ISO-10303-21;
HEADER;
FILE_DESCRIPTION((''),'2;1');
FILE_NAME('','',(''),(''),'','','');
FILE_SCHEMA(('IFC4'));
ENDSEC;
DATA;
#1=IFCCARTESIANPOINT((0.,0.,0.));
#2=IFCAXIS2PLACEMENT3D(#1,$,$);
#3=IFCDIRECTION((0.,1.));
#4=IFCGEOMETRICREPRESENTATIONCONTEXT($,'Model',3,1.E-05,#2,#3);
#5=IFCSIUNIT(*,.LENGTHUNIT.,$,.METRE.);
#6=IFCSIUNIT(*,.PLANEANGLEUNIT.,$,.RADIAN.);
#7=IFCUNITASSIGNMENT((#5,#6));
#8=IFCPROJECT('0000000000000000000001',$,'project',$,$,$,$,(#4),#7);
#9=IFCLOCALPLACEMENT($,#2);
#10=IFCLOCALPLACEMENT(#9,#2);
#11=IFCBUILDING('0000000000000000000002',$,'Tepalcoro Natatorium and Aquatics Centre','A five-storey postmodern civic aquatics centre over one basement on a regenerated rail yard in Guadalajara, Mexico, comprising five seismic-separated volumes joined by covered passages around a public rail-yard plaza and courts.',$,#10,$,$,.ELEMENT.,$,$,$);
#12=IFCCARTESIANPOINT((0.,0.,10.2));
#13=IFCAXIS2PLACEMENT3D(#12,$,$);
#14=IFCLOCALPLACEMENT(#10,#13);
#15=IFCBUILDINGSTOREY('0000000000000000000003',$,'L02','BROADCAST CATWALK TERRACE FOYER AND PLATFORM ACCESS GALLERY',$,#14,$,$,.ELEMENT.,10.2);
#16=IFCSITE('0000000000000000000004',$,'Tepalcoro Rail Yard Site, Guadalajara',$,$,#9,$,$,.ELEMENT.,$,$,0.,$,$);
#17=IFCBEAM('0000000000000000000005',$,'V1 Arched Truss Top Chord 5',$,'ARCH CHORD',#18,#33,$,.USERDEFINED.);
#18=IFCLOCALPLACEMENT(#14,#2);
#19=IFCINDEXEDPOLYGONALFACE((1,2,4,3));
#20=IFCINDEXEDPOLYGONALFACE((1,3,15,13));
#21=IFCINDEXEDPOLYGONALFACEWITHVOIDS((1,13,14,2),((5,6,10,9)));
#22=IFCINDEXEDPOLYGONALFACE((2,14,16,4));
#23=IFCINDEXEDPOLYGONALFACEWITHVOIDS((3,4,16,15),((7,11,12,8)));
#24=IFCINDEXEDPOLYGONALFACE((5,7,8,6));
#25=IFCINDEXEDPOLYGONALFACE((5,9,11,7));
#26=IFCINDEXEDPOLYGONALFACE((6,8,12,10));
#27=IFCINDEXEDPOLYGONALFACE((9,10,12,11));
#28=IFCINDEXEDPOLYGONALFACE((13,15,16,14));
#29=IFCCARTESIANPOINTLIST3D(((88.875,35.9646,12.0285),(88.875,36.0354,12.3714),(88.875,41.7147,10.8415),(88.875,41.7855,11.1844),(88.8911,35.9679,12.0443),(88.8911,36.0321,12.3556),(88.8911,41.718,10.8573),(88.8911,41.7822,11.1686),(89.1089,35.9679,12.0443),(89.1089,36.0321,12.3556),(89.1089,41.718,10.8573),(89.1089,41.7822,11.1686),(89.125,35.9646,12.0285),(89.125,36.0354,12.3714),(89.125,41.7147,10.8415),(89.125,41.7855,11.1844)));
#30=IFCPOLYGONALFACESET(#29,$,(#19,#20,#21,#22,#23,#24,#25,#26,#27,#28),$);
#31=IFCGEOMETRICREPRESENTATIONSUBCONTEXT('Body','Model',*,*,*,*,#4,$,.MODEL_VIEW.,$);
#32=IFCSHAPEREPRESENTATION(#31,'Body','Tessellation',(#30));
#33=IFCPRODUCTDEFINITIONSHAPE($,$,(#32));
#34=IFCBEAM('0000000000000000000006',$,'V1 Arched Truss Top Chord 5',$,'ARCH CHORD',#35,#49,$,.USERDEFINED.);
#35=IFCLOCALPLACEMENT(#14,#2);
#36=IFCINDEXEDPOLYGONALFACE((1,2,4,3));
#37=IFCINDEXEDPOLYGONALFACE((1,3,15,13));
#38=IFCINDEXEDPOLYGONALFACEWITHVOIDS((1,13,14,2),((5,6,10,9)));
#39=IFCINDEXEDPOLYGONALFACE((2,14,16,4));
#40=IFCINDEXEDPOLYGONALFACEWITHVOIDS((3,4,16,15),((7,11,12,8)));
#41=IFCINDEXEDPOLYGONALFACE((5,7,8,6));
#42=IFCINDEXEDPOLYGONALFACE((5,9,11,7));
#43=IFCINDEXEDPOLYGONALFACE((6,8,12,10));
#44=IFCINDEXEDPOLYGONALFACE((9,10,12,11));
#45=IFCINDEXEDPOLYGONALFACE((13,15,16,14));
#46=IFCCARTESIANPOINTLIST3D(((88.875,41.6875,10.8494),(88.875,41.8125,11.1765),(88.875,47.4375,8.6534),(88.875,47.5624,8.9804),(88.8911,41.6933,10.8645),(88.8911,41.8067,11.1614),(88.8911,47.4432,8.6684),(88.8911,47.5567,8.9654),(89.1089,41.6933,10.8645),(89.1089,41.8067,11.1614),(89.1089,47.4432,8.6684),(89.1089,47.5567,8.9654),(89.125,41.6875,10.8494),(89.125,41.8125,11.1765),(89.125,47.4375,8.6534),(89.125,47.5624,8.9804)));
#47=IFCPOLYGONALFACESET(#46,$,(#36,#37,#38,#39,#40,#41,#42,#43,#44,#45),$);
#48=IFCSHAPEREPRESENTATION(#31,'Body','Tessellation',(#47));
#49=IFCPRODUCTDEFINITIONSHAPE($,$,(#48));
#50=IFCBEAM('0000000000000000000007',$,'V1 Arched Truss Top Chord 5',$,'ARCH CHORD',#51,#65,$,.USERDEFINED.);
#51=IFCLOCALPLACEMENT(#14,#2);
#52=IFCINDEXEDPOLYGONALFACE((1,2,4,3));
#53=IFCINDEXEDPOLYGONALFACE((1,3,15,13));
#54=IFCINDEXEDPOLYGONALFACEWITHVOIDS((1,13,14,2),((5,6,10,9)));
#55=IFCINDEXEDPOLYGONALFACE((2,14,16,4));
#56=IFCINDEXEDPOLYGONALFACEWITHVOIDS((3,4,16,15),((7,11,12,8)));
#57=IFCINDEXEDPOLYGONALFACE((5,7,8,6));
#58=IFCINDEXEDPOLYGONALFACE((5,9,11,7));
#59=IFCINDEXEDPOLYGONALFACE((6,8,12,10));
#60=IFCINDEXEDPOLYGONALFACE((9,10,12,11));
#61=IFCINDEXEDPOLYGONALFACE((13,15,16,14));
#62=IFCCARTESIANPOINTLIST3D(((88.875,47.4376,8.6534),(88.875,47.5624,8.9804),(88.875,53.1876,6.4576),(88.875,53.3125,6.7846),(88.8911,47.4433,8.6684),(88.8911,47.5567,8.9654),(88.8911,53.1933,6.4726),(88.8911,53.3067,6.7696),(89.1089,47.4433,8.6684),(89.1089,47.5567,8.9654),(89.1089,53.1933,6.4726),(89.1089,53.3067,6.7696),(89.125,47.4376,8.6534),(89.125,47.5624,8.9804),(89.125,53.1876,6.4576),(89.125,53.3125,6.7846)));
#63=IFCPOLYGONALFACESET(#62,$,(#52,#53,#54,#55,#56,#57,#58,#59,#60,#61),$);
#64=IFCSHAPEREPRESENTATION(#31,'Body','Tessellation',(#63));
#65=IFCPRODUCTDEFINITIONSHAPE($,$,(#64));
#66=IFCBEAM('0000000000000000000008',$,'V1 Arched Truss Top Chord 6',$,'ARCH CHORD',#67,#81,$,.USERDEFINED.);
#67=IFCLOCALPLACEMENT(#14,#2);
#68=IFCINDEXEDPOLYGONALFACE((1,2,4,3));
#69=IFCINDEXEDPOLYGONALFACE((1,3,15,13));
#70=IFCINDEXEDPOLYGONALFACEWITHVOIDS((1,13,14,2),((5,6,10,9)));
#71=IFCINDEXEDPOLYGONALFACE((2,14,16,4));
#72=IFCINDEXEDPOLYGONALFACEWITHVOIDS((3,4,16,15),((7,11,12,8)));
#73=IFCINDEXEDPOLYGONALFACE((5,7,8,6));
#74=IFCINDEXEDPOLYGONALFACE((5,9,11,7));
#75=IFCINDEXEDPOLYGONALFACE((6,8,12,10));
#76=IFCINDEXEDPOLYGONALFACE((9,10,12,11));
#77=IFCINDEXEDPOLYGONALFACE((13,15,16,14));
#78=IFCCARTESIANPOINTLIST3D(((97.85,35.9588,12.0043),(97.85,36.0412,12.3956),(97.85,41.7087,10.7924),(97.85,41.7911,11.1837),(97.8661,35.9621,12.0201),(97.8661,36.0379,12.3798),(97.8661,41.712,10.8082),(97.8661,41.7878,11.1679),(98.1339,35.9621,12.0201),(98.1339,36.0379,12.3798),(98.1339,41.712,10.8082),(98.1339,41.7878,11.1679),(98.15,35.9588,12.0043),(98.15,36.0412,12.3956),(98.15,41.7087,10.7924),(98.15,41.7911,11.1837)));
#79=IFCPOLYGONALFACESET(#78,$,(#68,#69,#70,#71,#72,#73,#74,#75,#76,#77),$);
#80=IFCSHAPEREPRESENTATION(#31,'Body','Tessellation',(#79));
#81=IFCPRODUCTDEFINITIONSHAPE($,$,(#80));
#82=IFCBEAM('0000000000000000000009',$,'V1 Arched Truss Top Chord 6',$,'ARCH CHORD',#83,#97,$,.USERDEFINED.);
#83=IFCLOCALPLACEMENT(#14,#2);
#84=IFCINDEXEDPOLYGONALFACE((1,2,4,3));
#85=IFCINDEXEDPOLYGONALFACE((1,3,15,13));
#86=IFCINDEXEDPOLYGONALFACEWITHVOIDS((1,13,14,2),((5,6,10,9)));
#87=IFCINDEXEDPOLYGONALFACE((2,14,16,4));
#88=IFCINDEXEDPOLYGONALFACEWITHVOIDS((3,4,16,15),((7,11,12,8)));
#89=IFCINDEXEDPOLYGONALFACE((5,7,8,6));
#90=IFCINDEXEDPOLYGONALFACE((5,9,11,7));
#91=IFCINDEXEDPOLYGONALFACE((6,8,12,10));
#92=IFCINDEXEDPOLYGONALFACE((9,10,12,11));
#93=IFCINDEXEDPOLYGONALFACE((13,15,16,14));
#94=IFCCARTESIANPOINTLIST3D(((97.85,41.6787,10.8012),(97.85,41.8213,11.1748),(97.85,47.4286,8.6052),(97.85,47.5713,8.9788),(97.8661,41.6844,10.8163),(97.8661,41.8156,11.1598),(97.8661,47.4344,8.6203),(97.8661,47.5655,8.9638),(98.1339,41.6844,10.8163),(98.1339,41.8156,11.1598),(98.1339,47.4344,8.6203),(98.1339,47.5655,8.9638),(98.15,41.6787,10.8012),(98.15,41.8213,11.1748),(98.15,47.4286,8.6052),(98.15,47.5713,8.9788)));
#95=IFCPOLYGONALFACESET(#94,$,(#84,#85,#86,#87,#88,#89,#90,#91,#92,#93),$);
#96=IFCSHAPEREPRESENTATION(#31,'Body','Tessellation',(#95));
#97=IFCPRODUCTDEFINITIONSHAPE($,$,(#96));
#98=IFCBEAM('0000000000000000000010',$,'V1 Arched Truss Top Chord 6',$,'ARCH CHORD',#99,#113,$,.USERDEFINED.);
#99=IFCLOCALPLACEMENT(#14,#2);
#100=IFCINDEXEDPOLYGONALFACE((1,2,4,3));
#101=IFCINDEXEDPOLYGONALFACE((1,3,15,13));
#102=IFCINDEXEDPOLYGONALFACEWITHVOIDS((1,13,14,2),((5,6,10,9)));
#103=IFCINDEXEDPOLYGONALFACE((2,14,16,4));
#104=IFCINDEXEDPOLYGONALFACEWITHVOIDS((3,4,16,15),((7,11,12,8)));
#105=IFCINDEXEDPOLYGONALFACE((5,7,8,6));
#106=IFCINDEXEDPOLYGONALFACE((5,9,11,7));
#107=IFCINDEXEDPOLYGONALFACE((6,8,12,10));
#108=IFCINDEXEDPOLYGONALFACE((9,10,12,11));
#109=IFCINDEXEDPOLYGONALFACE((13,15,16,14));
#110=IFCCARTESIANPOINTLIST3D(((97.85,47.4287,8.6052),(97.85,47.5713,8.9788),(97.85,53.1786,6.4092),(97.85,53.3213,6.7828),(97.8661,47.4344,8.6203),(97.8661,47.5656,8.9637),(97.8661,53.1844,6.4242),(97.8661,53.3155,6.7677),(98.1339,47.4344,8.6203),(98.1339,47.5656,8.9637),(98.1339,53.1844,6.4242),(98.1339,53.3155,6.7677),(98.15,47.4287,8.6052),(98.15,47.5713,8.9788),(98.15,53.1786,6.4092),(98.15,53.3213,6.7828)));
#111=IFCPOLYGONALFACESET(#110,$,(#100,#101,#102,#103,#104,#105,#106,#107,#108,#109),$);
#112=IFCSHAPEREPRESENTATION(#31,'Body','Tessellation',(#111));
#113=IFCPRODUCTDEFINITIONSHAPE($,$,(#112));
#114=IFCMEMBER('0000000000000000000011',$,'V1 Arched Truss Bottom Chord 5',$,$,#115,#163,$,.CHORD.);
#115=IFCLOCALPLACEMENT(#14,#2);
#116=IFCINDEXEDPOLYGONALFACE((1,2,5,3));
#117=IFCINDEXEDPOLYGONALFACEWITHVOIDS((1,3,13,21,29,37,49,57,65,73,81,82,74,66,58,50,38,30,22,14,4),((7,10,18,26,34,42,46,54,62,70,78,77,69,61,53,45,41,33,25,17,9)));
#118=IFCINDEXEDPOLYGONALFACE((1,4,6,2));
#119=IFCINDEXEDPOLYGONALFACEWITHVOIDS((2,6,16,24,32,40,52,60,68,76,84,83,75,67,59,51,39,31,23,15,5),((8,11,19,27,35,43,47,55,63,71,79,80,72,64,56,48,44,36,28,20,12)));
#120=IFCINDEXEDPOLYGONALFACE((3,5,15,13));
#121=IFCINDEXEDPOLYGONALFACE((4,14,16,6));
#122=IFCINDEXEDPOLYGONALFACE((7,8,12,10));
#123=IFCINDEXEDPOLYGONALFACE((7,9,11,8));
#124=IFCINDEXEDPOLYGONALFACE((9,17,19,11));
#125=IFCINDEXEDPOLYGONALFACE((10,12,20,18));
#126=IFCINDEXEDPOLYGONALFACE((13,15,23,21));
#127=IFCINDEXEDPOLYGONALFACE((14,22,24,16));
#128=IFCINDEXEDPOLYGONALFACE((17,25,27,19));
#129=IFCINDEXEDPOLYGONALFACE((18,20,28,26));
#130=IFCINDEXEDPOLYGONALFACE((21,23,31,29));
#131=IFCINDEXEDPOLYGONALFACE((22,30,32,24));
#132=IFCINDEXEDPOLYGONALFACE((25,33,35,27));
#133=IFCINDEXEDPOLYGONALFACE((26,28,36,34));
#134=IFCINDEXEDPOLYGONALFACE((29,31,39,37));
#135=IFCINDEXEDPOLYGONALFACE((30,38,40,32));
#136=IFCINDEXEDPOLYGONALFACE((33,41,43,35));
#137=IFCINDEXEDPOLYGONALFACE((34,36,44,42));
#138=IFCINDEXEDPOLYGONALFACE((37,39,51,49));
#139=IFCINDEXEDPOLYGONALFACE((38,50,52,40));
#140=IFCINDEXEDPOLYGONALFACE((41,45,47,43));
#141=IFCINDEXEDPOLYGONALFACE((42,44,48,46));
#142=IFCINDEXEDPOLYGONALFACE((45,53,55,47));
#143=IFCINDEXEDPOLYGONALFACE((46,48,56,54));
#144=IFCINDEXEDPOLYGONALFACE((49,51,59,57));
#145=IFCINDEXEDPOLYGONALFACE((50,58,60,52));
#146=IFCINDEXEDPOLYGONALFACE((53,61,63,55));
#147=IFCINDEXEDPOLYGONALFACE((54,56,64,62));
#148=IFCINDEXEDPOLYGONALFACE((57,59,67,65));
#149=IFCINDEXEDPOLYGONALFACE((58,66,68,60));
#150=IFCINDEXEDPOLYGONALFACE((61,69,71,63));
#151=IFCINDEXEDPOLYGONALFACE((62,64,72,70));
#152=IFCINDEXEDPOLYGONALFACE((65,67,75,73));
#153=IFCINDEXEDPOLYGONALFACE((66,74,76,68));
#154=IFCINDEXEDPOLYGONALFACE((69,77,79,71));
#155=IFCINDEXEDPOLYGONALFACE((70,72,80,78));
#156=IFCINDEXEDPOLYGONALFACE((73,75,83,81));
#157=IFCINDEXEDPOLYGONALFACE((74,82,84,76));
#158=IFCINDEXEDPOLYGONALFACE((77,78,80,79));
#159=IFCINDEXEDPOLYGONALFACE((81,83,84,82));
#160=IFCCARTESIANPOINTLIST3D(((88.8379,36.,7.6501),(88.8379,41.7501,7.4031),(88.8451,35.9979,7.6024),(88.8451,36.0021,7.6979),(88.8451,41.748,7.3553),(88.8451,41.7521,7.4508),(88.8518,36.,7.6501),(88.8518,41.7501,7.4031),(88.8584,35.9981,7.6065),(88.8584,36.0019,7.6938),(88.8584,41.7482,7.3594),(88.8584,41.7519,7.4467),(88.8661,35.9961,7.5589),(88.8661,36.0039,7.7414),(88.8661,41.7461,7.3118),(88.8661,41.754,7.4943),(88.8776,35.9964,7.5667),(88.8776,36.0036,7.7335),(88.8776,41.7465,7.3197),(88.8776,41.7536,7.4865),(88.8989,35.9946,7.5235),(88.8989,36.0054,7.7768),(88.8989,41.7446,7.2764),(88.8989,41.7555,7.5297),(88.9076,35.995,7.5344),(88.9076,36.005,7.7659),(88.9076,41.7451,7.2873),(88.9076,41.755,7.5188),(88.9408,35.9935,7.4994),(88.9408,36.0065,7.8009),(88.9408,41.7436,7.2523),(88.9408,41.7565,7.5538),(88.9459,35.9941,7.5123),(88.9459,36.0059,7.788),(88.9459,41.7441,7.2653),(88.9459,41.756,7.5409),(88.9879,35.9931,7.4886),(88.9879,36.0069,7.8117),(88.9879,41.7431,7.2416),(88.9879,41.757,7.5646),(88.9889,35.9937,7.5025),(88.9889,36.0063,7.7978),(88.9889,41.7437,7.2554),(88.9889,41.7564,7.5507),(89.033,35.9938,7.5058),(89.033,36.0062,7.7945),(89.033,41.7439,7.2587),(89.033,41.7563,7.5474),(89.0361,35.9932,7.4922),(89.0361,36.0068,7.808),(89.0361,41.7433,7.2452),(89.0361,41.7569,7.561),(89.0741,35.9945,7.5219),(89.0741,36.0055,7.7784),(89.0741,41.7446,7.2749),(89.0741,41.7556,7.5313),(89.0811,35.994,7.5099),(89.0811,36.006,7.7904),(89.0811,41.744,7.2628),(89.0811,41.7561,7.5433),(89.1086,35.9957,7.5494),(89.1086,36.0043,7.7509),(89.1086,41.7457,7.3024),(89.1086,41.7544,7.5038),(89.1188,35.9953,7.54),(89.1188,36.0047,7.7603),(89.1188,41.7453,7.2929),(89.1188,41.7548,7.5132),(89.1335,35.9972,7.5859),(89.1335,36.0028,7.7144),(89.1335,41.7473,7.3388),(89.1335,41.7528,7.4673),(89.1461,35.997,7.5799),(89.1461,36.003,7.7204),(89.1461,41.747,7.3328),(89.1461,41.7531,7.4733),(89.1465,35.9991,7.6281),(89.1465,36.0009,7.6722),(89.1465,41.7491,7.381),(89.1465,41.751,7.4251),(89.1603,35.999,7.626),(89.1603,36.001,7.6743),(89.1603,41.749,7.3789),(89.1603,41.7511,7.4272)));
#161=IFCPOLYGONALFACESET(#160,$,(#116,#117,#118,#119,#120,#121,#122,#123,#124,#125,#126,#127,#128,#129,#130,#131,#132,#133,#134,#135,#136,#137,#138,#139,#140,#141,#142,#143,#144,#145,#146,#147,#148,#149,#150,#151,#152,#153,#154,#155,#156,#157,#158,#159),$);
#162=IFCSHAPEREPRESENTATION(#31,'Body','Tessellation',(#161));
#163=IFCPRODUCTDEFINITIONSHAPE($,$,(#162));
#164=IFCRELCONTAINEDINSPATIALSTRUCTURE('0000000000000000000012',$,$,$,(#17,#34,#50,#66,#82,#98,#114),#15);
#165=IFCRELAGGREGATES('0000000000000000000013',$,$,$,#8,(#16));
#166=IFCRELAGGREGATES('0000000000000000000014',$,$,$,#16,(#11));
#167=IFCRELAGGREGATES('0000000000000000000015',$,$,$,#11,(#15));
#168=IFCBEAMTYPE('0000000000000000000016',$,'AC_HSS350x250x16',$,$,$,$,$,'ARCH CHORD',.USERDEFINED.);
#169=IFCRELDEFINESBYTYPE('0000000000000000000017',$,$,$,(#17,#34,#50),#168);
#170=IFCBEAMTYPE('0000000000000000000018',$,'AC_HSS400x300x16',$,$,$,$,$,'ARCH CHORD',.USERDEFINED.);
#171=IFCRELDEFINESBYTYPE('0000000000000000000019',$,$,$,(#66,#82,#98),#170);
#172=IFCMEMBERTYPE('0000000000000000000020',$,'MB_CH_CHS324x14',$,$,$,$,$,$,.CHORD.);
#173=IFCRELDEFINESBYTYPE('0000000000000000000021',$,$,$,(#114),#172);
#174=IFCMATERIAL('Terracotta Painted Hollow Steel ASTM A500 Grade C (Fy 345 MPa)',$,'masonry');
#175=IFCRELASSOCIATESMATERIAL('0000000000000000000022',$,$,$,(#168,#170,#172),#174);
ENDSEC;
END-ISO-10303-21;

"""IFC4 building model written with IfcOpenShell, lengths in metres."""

from ifc_helpers import new_model, si_unit, direction, frame, origin, origin_2d, place, context, subcontext, project, spatial, hollow_rectangle, hollow_circle, extrude, material, material_profile, profile_set, type_object, element, save


model = new_model("IFC4")

# Units and contexts
model_context = context("Model", 3, precision=1e-05, world=origin(), true_north=direction((0.0, 1.0)))
body_context = subcontext(model_context, "Body", "Model", "MODEL_VIEW")
ifc_project = project(units=[si_unit("LENGTHUNIT", "METRE"), si_unit("PLANEANGLEUNIT", "RADIAN")], contexts=[model_context])

# Site, building, storey
site_placement = place(None, origin())
site = spatial("IfcSite", under=ifc_project, at=site_placement, Name="Tepalcoro Rail Yard Site, Guadalajara", CompositionType="ELEMENT", RefElevation=0.0)
building_placement = place(site_placement, origin())
building = spatial("IfcBuilding", under=site, at=building_placement, Name="Tepalcoro Natatorium and Aquatics Centre", Description="A five-storey postmodern civic aquatics centre over one basement on a regenerated rail yard in Guadalajara, Mexico, comprising five seismic-separated volumes joined by covered passages around a public rail-yard plaza and courts.", CompositionType="ELEMENT")
storey_placement = place(building_placement, frame((0.0, 0.0, 10.2)))
storey = spatial("IfcBuildingStorey", under=building, at=storey_placement, Name="L02", Description="BROADCAST CATWALK TERRACE FOYER AND PLATFORM ACCESS GALLERY", CompositionType="ELEMENT", Elevation=10.2)

# Beams
ifc_material_1 = material(Name="Terracotta Painted Hollow Steel ASTM A500 Grade C (Fy 345 MPa)", Category="masonry")
ifc_material_profile_1 = material_profile(ifc_material_1, hollow_rectangle(XDim=0.25, YDim=0.3501, WallThickness=0.0161, at=origin_2d()), Name="HSS350X250X16")
ifc_profile_set_1 = profile_set([ifc_material_profile_1], Name="Terracotta Painted Hollow Steel ASTM A500 Grade C (Fy 345 MPa)")
beam_type_1 = type_object("IfcBeamType", Name="AC_HSS350x250x16", ElementType="ARCH CHORD", PredefinedType="USERDEFINED", material=ifc_profile_set_1)
beam_1_placement = place(storey_placement, frame((89.0, 36.0, 12.2), z_axis=(0.0, 0.97935, -0.202174), x_axis=(-1.0, 0.0, 0.0)))
element("IfcBeam", 1, at=beam_1_placement, inside=storey, type_object=beam_type_1, Name="V1 Arched Truss Top Chord 5", ObjectType="ARCH CHORD", PredefinedType="USERDEFINED", context=body_context, shape_type="SweptSolid", body=[
    extrude(hollow_rectangle(XDim=0.25, YDim=0.3501, WallThickness=0.0161, at=origin_2d()), origin(), (0.0, 0.0, 1.0), 5.8713),
])
for number, where, z_axis, x_axis, name in (
    (2, (89.0, 41.75, 11.0129), (0.0, 0.934186, -0.356785), (-1.0, 0.0, 0.0), "V1 Arched Truss Top Chord 5"),
    (3, (89.0, 47.5, 8.8169), (0.0, 0.9342, -0.356751), (-1.0, 0.0, 0.0), "V1 Arched Truss Top Chord 5"),
):
    element("IfcBeam", number, at=place(storey_placement, frame(where, z_axis=z_axis, x_axis=x_axis)), inside=storey, type_object=beam_type_1, Name=name, ObjectType="ARCH CHORD", PredefinedType="USERDEFINED", context=body_context, shape_type="SweptSolid", body=[
        extrude(hollow_rectangle(XDim=0.25, YDim=0.3501, WallThickness=0.0161, at=origin_2d()), origin(), (0.0, 0.0, 1.0), 6.155),
    ])
ifc_material_profile_2 = material_profile(ifc_material_1, hollow_rectangle(XDim=0.3, YDim=0.3999, WallThickness=0.0161, at=origin_2d()), Name="HSS400X300X16")
ifc_profile_set_2 = profile_set([ifc_material_profile_2], Name="Terracotta Painted Hollow Steel ASTM A500 Grade C (Fy 345 MPa)")
beam_type_2 = type_object("IfcBeamType", Name="AC_HSS400x300x16", ElementType="ARCH CHORD", PredefinedType="USERDEFINED", material=ifc_profile_set_2)
beam_2_placement = place(storey_placement, frame((98.0, 36.0, 12.2), z_axis=(0.0, 0.978502, -0.206237), x_axis=(-1.0, 0.0, 0.0)))
element("IfcBeam", 4, at=beam_2_placement, inside=storey, type_object=beam_type_2, Name="V1 Arched Truss Top Chord 6", ObjectType="ARCH CHORD", PredefinedType="USERDEFINED", context=body_context, shape_type="SweptSolid", body=[
    extrude(hollow_rectangle(XDim=0.3, YDim=0.3999, WallThickness=0.0161, at=origin_2d()), origin(), (0.0, 0.0, 1.0), 5.8762),
])
for number, where, z_axis, x_axis, name in (
    (5, (98.0, 41.75, 10.988), (0.0, 0.934186, -0.356785), (-1.0, 0.0, 0.0), "V1 Arched Truss Top Chord 6"),
    (6, (98.0, 47.5, 8.792), (0.0, 0.934186, -0.356785), (-1.0, 0.0, 0.0), "V1 Arched Truss Top Chord 6"),
):
    element("IfcBeam", number, at=place(storey_placement, frame(where, z_axis=z_axis, x_axis=x_axis)), inside=storey, type_object=beam_type_2, Name=name, ObjectType="ARCH CHORD", PredefinedType="USERDEFINED", context=body_context, shape_type="SweptSolid", body=[
        extrude(hollow_rectangle(XDim=0.3, YDim=0.3999, WallThickness=0.0161, at=origin_2d()), origin(), (0.0, 0.0, 1.0), 6.155),
    ])

# Member
ifc_material_profile_3 = material_profile(ifc_material_1, hollow_circle(Radius=0.1621, WallThickness=0.0139, at=origin_2d()), Name="CHS324X14")
ifc_profile_set_3 = profile_set([ifc_material_profile_3], Name="Terracotta Painted Hollow Steel ASTM A500 Grade C (Fy 345 MPa)")
member_type_1 = type_object("IfcMemberType", Name="MB_CH_CHS324x14", PredefinedType="CHORD", material=ifc_profile_set_3)
member_1_placement = place(storey_placement, frame((89.0, 36.0, 7.6501), z_axis=(0.0, 0.999078, -0.042929), x_axis=(-1.0, 0.0, 0.0)))
element("IfcMember", 7, at=member_1_placement, inside=storey, type_object=member_type_1, Name="V1 Arched Truss Bottom Chord 5", PredefinedType="CHORD", context=body_context, shape_type="SweptSolid", body=[
    extrude(hollow_circle(Radius=0.1621, WallThickness=0.0139, at=origin_2d()), origin(), (0.0, 0.0, 1.0), 5.7554),
])

save(model, "model.ifc")
